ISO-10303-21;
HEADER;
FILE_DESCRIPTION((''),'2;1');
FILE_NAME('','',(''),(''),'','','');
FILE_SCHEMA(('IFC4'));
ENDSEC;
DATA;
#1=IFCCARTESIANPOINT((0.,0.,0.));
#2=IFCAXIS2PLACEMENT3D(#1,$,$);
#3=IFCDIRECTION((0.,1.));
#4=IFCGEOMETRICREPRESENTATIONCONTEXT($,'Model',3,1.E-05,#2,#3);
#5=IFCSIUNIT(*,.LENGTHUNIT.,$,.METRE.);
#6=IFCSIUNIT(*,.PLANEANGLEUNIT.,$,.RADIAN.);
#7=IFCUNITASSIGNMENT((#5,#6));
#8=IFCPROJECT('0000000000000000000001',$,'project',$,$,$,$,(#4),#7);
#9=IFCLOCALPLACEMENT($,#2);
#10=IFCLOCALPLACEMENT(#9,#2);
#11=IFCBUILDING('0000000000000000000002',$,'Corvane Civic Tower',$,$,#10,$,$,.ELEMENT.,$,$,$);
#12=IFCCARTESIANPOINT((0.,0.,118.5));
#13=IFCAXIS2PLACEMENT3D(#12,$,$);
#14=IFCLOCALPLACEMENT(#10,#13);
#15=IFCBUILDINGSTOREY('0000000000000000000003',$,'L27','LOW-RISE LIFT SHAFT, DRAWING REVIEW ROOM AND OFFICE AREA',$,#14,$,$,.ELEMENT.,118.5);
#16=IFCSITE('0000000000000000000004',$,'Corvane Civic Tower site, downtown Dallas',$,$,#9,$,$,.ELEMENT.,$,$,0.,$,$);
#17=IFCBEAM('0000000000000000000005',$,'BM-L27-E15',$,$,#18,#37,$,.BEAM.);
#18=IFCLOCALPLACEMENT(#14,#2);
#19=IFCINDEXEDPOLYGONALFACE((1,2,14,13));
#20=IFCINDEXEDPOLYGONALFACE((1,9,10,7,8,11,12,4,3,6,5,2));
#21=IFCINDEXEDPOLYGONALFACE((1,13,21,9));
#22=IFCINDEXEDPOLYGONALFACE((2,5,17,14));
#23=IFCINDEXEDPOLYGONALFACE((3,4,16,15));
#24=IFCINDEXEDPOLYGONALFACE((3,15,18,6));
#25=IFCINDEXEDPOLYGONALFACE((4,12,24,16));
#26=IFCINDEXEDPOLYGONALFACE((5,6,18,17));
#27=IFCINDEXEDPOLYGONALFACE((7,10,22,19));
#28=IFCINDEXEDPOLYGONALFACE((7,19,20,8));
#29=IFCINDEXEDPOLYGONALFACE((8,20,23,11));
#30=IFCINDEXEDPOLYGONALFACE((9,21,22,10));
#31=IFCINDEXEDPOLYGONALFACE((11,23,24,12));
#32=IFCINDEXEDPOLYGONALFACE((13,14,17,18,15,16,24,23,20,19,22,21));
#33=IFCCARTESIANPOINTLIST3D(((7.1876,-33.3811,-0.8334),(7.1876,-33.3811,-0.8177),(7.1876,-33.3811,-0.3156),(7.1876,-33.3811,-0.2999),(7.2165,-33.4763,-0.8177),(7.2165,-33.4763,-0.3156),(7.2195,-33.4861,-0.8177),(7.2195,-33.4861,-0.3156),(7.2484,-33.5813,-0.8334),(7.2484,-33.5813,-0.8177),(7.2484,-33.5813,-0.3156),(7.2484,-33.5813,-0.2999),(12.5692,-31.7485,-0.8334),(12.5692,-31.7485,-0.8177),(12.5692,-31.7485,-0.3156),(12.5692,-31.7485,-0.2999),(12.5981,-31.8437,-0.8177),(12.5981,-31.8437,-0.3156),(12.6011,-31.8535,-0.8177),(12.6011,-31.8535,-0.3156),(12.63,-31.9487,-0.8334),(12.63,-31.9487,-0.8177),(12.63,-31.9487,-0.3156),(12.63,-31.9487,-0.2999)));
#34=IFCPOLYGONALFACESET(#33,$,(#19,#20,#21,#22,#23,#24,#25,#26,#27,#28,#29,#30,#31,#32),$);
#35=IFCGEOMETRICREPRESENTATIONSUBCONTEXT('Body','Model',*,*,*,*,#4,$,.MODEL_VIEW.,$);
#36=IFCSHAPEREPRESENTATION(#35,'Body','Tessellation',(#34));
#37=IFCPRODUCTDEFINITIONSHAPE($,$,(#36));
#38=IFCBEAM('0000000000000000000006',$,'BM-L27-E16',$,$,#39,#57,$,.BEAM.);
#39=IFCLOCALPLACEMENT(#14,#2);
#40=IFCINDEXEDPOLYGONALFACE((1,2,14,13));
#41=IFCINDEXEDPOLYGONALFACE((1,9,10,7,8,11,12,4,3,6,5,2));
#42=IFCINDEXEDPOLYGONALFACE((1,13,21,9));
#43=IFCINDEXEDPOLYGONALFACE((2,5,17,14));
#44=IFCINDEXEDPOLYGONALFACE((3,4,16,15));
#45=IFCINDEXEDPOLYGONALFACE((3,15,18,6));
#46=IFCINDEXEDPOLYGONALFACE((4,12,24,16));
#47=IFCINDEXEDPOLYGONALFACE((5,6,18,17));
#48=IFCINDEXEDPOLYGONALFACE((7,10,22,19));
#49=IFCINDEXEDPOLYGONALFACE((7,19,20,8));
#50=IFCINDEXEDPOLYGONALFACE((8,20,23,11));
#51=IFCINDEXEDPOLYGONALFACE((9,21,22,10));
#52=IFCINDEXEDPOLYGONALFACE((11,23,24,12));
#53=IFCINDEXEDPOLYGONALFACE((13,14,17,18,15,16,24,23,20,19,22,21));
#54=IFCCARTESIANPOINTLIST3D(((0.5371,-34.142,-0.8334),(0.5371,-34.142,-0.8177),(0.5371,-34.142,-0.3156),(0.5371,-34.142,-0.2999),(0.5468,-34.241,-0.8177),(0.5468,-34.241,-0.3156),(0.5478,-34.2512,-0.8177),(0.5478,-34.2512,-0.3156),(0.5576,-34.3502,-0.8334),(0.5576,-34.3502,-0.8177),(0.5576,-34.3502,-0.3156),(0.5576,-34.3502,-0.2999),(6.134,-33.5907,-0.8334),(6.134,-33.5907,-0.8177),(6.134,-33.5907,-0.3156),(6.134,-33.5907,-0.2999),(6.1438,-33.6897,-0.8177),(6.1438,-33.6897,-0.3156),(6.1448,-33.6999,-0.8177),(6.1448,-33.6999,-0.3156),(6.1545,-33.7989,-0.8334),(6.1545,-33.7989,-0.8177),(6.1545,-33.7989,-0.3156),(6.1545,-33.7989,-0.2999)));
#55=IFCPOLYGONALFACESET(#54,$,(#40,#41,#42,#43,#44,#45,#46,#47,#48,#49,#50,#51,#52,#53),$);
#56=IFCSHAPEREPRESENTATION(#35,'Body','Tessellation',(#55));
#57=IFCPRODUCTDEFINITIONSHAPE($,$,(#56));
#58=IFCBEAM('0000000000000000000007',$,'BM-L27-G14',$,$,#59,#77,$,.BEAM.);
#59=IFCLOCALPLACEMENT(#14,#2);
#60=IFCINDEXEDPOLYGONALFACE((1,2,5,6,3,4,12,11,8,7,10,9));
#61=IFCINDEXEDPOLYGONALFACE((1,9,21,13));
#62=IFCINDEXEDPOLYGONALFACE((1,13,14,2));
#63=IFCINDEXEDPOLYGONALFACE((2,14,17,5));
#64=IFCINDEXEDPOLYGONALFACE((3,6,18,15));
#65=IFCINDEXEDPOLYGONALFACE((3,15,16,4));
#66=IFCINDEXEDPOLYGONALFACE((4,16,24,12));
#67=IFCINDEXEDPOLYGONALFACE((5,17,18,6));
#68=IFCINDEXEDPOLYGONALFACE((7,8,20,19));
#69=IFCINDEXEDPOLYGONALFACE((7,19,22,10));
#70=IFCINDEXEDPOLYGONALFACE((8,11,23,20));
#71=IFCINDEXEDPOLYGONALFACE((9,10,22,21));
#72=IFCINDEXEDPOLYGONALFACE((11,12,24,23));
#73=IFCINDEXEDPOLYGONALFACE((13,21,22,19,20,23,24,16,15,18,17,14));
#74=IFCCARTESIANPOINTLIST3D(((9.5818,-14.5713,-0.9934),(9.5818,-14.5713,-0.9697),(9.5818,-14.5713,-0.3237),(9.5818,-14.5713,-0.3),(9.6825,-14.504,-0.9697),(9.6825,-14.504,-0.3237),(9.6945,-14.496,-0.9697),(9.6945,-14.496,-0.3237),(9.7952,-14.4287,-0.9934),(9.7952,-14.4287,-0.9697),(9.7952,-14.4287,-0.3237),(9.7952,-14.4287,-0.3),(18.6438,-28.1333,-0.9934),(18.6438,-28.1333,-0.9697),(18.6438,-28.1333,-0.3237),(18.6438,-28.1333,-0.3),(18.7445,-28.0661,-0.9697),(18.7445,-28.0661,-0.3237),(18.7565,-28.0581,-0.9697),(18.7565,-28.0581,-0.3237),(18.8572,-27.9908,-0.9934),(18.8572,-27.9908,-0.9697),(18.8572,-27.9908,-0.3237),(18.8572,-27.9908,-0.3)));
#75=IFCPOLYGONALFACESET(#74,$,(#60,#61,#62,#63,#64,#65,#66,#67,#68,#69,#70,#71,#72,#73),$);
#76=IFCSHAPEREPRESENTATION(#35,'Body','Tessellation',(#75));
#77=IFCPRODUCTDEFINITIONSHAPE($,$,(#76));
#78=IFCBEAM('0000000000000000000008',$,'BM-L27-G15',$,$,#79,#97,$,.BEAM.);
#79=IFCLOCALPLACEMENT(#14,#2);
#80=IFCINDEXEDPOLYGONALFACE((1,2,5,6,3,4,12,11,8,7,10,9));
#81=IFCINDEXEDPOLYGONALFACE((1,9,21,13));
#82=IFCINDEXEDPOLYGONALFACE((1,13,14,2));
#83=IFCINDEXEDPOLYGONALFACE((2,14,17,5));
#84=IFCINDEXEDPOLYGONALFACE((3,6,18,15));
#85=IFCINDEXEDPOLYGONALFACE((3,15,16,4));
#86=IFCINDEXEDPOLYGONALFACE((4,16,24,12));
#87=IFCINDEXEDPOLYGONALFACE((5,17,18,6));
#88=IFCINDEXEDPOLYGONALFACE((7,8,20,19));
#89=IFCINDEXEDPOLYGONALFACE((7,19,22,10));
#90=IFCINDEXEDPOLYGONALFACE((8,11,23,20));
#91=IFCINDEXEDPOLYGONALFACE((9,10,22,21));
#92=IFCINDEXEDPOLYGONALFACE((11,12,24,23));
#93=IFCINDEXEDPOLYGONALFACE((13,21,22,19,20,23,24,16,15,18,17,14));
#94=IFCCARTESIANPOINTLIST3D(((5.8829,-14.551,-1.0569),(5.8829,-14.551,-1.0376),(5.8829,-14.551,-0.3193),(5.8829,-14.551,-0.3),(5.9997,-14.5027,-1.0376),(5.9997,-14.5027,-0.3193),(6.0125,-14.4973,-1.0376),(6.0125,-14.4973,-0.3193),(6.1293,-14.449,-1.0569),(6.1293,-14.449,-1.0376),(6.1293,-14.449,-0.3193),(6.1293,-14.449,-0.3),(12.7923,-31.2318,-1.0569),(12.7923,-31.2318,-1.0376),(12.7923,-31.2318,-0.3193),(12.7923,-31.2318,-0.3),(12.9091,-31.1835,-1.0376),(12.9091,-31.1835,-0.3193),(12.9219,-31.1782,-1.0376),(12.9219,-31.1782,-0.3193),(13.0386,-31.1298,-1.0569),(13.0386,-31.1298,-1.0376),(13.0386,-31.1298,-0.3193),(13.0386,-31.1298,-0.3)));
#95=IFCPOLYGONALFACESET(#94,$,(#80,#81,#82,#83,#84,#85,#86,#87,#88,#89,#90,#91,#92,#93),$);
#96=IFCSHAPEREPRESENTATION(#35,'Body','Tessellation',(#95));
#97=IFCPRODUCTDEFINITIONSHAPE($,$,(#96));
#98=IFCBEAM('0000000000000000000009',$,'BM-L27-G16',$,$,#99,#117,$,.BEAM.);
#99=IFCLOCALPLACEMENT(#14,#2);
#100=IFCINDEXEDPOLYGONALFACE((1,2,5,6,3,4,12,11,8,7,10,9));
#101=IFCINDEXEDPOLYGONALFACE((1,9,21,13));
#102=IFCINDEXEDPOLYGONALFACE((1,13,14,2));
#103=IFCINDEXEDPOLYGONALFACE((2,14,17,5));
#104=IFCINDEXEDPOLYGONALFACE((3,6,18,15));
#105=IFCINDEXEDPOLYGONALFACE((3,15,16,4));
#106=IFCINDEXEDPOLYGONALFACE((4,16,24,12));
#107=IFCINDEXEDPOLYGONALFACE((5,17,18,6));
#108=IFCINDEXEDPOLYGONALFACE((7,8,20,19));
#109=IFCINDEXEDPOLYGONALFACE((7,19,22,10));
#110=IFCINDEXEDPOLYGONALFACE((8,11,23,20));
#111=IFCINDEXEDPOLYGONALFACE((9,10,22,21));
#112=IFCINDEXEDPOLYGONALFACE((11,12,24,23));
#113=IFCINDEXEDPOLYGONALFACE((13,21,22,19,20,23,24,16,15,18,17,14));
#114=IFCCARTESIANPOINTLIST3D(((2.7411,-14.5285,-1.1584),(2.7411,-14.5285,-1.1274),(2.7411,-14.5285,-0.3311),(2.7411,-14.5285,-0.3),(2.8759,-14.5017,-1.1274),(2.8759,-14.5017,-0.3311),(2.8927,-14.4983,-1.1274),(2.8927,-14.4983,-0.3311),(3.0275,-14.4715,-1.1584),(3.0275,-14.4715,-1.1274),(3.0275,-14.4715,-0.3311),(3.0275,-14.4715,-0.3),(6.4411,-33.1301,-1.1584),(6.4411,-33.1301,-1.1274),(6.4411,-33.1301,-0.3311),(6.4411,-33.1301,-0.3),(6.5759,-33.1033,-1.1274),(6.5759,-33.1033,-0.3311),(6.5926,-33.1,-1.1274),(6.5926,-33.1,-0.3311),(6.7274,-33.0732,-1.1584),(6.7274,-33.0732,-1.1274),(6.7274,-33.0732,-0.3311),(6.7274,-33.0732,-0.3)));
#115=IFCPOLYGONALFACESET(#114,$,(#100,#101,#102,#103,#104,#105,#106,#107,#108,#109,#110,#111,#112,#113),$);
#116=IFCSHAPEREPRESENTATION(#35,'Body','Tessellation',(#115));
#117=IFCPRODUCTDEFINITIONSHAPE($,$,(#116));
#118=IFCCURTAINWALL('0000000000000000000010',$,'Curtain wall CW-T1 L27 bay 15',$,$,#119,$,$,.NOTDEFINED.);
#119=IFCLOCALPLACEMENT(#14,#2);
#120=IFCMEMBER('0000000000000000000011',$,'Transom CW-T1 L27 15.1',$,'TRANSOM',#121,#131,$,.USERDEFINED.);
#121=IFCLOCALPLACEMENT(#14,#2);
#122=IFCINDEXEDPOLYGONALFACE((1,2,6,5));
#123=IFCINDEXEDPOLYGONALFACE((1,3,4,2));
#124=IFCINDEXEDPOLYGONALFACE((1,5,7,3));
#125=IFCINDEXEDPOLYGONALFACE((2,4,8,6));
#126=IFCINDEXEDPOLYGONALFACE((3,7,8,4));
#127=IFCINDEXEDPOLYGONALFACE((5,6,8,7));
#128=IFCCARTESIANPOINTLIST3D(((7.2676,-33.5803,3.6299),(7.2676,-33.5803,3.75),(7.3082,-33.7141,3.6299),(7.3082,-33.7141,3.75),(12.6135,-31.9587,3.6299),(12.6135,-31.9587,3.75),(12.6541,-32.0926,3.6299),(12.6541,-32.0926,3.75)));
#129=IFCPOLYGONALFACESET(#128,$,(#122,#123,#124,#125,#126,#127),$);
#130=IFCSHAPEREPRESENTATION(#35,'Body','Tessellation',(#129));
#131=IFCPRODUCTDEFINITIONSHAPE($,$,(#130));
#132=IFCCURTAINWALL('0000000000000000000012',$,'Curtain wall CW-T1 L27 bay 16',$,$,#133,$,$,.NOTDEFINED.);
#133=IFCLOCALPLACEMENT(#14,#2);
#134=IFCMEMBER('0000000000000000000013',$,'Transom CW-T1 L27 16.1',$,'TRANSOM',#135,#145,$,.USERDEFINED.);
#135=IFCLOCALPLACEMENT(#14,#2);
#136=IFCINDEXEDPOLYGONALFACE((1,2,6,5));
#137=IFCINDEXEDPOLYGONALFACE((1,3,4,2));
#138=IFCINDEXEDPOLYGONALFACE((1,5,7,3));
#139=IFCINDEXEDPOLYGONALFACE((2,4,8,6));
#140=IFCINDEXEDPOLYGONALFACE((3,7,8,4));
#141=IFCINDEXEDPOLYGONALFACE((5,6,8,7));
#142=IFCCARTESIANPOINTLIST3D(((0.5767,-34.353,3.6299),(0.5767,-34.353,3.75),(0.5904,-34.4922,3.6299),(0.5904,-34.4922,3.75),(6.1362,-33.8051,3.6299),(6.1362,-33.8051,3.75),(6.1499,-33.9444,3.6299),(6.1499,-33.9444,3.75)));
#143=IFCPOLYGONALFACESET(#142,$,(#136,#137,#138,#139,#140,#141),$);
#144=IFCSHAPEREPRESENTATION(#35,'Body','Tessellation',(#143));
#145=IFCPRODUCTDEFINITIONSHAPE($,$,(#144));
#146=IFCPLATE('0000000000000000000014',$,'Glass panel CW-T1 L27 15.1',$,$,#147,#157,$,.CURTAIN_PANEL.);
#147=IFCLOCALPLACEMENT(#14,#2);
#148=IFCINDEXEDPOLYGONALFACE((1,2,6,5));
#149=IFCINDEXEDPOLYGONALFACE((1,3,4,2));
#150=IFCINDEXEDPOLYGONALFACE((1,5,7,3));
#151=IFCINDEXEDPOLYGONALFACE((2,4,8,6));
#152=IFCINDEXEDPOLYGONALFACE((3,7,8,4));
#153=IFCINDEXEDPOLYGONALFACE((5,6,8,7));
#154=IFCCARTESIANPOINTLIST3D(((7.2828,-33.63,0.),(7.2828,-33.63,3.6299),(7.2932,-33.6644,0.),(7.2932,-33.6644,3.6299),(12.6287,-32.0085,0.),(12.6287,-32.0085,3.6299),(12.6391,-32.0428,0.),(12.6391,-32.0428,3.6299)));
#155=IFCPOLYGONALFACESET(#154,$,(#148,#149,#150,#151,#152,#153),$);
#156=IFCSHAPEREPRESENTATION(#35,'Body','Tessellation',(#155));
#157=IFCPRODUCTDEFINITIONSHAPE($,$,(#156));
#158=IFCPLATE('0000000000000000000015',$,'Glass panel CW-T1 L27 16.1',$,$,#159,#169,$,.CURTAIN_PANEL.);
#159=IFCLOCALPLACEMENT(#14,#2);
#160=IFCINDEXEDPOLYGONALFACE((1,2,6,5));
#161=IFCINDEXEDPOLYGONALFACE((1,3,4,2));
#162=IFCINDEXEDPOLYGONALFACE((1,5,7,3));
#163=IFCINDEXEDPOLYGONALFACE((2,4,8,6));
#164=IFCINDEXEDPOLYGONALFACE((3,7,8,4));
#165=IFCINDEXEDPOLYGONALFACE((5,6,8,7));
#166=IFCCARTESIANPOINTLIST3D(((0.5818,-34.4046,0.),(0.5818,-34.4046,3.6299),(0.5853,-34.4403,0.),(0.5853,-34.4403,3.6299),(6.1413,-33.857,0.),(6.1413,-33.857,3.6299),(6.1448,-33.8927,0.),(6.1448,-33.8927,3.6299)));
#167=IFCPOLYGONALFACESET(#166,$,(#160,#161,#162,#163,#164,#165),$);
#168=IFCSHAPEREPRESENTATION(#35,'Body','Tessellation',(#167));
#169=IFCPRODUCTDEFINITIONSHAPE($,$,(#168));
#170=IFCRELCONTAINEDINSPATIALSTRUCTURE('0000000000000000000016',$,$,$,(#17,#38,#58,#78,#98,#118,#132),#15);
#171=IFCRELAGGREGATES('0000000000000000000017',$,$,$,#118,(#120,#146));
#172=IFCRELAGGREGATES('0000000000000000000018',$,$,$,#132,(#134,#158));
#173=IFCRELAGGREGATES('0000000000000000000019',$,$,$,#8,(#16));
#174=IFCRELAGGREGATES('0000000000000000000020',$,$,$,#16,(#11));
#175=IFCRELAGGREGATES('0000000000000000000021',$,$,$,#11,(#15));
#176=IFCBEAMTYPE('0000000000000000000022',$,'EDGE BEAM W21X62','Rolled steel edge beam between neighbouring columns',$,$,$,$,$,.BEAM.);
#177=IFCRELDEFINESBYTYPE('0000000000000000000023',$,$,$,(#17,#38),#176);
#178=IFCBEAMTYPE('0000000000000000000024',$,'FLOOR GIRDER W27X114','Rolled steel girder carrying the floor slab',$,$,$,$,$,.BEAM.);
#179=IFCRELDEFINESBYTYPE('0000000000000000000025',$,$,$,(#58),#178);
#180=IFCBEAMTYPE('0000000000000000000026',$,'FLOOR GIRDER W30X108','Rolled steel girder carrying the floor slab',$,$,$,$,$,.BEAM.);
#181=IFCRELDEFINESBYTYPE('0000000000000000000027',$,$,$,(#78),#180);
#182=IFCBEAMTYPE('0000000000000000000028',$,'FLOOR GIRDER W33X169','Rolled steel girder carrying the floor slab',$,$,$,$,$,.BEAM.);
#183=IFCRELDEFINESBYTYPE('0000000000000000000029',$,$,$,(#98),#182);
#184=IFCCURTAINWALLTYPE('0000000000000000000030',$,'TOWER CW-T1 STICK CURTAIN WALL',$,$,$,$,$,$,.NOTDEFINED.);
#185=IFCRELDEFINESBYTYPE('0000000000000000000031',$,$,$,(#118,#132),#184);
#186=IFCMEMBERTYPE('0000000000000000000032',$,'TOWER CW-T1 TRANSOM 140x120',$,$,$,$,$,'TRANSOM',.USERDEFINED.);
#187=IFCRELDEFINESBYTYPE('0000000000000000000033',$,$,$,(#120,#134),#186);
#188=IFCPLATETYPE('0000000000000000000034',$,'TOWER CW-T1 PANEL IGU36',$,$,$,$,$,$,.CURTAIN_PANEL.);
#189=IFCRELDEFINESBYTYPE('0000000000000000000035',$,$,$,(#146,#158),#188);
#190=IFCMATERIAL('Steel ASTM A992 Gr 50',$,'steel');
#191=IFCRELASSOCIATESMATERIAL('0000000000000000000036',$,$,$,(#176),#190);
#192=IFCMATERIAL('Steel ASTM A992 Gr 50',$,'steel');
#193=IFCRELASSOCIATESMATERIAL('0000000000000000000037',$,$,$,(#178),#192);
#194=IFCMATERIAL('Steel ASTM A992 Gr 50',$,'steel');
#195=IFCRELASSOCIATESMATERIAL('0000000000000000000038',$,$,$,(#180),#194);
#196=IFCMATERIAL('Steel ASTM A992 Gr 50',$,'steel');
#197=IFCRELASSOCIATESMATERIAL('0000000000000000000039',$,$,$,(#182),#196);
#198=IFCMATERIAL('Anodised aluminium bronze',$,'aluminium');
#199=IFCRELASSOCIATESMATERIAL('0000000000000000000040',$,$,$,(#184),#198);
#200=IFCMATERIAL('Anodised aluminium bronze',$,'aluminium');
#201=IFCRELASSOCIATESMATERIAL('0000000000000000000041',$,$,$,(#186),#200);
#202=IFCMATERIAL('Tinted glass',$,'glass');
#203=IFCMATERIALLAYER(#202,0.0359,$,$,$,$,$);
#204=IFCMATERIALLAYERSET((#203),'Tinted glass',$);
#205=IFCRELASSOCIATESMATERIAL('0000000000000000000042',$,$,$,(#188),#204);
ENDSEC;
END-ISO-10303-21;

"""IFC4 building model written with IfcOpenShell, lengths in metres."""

from ifc_helpers import new_model, si_unit, direction, frame, origin, origin_2d, place, context, subcontext, project, spatial, rectangle, i_section, extrude, material, layer, layer_set, material_profile, profile_set, type_object, element, aggregate, save


model = new_model("IFC4")

# Units and contexts
model_context = context("Model", 3, precision=1e-05, world=origin(), true_north=direction((0.0, 1.0)))
body_context = subcontext(model_context, "Body", "Model", "MODEL_VIEW")
ifc_project = project(units=[si_unit("LENGTHUNIT", "METRE"), si_unit("PLANEANGLEUNIT", "RADIAN")], contexts=[model_context])

# Site, building, storey
site_placement = place(None, origin())
site = spatial("IfcSite", under=ifc_project, at=site_placement, Name="Corvane Civic Tower site, downtown Dallas", CompositionType="ELEMENT", RefElevation=0.0)
building_placement = place(site_placement, origin())
building = spatial("IfcBuilding", under=site, at=building_placement, Name="Corvane Civic Tower", CompositionType="ELEMENT")
storey_placement = place(building_placement, frame((0.0, 0.0, 118.5)))
storey = spatial("IfcBuildingStorey", under=building, at=storey_placement, Name="L27", Description="LOW-RISE LIFT SHAFT, DRAWING REVIEW ROOM AND OFFICE AREA", CompositionType="ELEMENT", Elevation=118.5)

# Beams
ifc_material_1 = material(Name="Steel ASTM A992 Gr 50", Category="steel")
ifc_material_profile_1 = material_profile(ifc_material_1, i_section(OverallWidth=0.2092, OverallDepth=0.5334, WebThickness=0.0103, FlangeThickness=0.0156, at=origin_2d()), Name="W21X62")
ifc_profile_set_1 = profile_set([ifc_material_profile_1], Name="Steel ASTM A992 Gr 50")
beam_type_1 = type_object("IfcBeamType", Name="EDGE BEAM W21X62", Description="Rolled steel edge beam between neighbouring columns", PredefinedType="BEAM", material=ifc_profile_set_1)
beam_1_placement = place(storey_placement, frame((12.5996, -31.8486, -0.5667), z_axis=(-0.956936, -0.290298, 0.0), x_axis=(0.290298, -0.956936, 0.0)))
element("IfcBeam", 1, at=beam_1_placement, inside=storey, type_object=beam_type_1, Name="BM-L27-E15", PredefinedType="BEAM", context=body_context, shape_type="SweptSolid", body=[
    extrude(i_section(OverallWidth=0.2092, OverallDepth=0.5334, WebThickness=0.0103, FlangeThickness=0.0156, at=origin_2d()), origin(), (0.0, 0.0, 1.0), 5.6238),
])
beam_2_placement = place(storey_placement, frame((6.1443, -33.6948, -0.5667), z_axis=(-0.995184, -0.098021, 0.0), x_axis=(0.098021, -0.995184, 0.0)))
element("IfcBeam", 2, at=beam_2_placement, inside=storey, type_object=beam_type_1, Name="BM-L27-E16", PredefinedType="BEAM", context=body_context, shape_type="SweptSolid", body=[
    extrude(i_section(OverallWidth=0.2092, OverallDepth=0.5334, WebThickness=0.0103, FlangeThickness=0.0156, at=origin_2d()), origin(), (0.0, 0.0, 1.0), 5.624),
])
ifc_material_2 = material(Name="Steel ASTM A992 Gr 50", Category="steel")
ifc_material_profile_2 = material_profile(ifc_material_2, i_section(OverallWidth=0.2566, OverallDepth=0.6934, WebThickness=0.0144, FlangeThickness=0.0237, at=origin_2d()), Name="W27X114")
ifc_profile_set_2 = profile_set([ifc_material_profile_2], Name="Steel ASTM A992 Gr 50")
beam_type_2 = type_object("IfcBeamType", Name="FLOOR GIRDER W27X114", Description="Rolled steel girder carrying the floor slab", PredefinedType="BEAM", material=ifc_profile_set_2)
beam_3_placement = place(storey_placement, frame((9.6885, -14.5, -0.6467), z_axis=(0.555577, -0.831465, 0.0), x_axis=(0.831465, 0.555577, 0.0)))
element("IfcBeam", 3, at=beam_3_placement, inside=storey, type_object=beam_type_2, Name="BM-L27-G14", PredefinedType="BEAM", context=body_context, shape_type="SweptSolid", body=[
    extrude(i_section(OverallWidth=0.2566, OverallDepth=0.6934, WebThickness=0.0144, FlangeThickness=0.0237, at=origin_2d()), origin(), (0.0, 0.0, 1.0), 16.311),
])
ifc_material_3 = material(Name="Steel ASTM A992 Gr 50", Category="steel")
ifc_material_profile_3 = material_profile(ifc_material_3, i_section(OverallWidth=0.2666, OverallDepth=0.7568, WebThickness=0.0139, FlangeThickness=0.0193, at=origin_2d()), Name="W30X108")
ifc_profile_set_3 = profile_set([ifc_material_profile_3], Name="Steel ASTM A992 Gr 50")
beam_type_3 = type_object("IfcBeamType", Name="FLOOR GIRDER W30X108", Description="Rolled steel girder carrying the floor slab", PredefinedType="BEAM", material=ifc_profile_set_3)
beam_4_placement = place(storey_placement, frame((6.0061, -14.5, -0.6785), z_axis=(0.382682, -0.92388, 0.0), x_axis=(0.92388, 0.382682, 0.0)))
element("IfcBeam", 4, at=beam_4_placement, inside=storey, type_object=beam_type_3, Name="BM-L27-G15", PredefinedType="BEAM", context=body_context, shape_type="SweptSolid", body=[
    extrude(i_section(OverallWidth=0.2666, OverallDepth=0.7568, WebThickness=0.0139, FlangeThickness=0.0193, at=origin_2d()), origin(), (0.0, 0.0, 1.0), 18.0552),
])
ifc_material_4 = material(Name="Steel ASTM A992 Gr 50", Category="steel")
ifc_material_profile_4 = material_profile(ifc_material_4, i_section(OverallWidth=0.292, OverallDepth=0.8584, WebThickness=0.0171, FlangeThickness=0.031, at=origin_2d()), Name="W33X169")
ifc_profile_set_4 = profile_set([ifc_material_profile_4], Name="Steel ASTM A992 Gr 50")
beam_type_4 = type_object("IfcBeamType", Name="FLOOR GIRDER W33X169", Description="Rolled steel girder carrying the floor slab", PredefinedType="BEAM", material=ifc_profile_set_4)
beam_5_placement = place(storey_placement, frame((2.8843, -14.5, -0.7292), z_axis=(0.195084, -0.980787, 0.0), x_axis=(0.980787, 0.195084, 0.0)))
element("IfcBeam", 5, at=beam_5_placement, inside=storey, type_object=beam_type_4, Name="BM-L27-G16", PredefinedType="BEAM", context=body_context, shape_type="SweptSolid", body=[
    extrude(i_section(OverallWidth=0.292, OverallDepth=0.8584, WebThickness=0.0171, FlangeThickness=0.031, at=origin_2d()), origin(), (0.0, 0.0, 1.0), 18.9661),
])

# Curtain walls, members
ifc_material_5 = material(Name="Anodised aluminium bronze", Category="aluminium")
curtain_wall_type = type_object("IfcCurtainWallType", Name="TOWER CW-T1 STICK CURTAIN WALL", PredefinedType="NOTDEFINED", material=ifc_material_5)
curtain_wall_1_placement = place(storey_placement, origin())
curtain_wall_1 = element("IfcCurtainWall", 6, at=curtain_wall_1_placement, inside=storey, type_object=curtain_wall_type, Name="Curtain wall CW-T1 L27 bay 15", PredefinedType="NOTDEFINED")
ifc_material_6 = material(Name="Anodised aluminium bronze", Category="aluminium")
ifc_material_profile_5 = material_profile(ifc_material_6, rectangle(XDim=0.1399, YDim=0.1201, at=origin_2d()), Name="TOWER CW-T1 TRANSOM 140x120")
ifc_profile_set_5 = profile_set([ifc_material_profile_5], Name="Anodised aluminium bronze")
member_type = type_object("IfcMemberType", Name="TOWER CW-T1 TRANSOM 140x120", ElementType="TRANSOM", PredefinedType="USERDEFINED", material=ifc_profile_set_5)
member_1_placement = place(storey_placement, frame((12.6338, -32.0256, 3.6899), z_axis=(-0.956945, -0.290269, 0.0), x_axis=(0.290269, -0.956945, 0.0)))
member_1 = element("IfcMember", 7, at=member_1_placement, type_object=member_type, Name="Transom CW-T1 L27 15.1", ObjectType="TRANSOM", PredefinedType="USERDEFINED", context=body_context, shape_type="SweptSolid", body=[
    extrude(rectangle(XDim=0.1399, YDim=0.1201, at=origin_2d()), origin(), (0.0, 0.0, 1.0), 5.5864),
])
curtain_wall_2_placement = place(storey_placement, origin())
curtain_wall_2 = element("IfcCurtainWall", 8, at=curtain_wall_2_placement, inside=storey, type_object=curtain_wall_type, Name="Curtain wall CW-T1 L27 bay 16", PredefinedType="NOTDEFINED")
member_2_placement = place(storey_placement, frame((6.1431, -33.8748, 3.6899), z_axis=(-0.99518, -0.098067, 0.0), x_axis=(0.098067, -0.99518, 0.0)))
member_2 = element("IfcMember", 9, at=member_2_placement, type_object=member_type, Name="Transom CW-T1 L27 16.1", ObjectType="TRANSOM", PredefinedType="USERDEFINED", context=body_context, shape_type="SweptSolid", body=[
    extrude(rectangle(XDim=0.1399, YDim=0.1201, at=origin_2d()), origin(), (0.0, 0.0, 1.0), 5.5864),
])

# Plates
ifc_material_7 = material(Name="Tinted glass", Category="glass")
ifc_layer_1 = layer(ifc_material_7, 0.0359)
ifc_layer_set_1 = layer_set([ifc_layer_1], Name="Tinted glass")
plate_type = type_object("IfcPlateType", Name="TOWER CW-T1 PANEL IGU36", PredefinedType="CURTAIN_PANEL", material=ifc_layer_set_1)
plate_1_placement = place(storey_placement, frame((9.9609, -32.8364, 0.0), z_axis=(0.0, 0.0, 1.0), x_axis=(-0.956946, -0.290266, 0.0)))
plate_1 = element("IfcPlate", 10, at=plate_1_placement, type_object=plate_type, Name="Glass panel CW-T1 L27 15.1", PredefinedType="CURTAIN_PANEL", context=body_context, shape_type="SweptSolid", body=[
    extrude(rectangle(XDim=5.5864, YDim=0.0359, at=origin_2d()), origin(), (0.0, 0.0, 1.0), 3.6299),
])
aggregate(curtain_wall_1, [member_1, plate_1])
plate_2_placement = place(storey_placement, frame((3.3633, -34.1487, 0.0), z_axis=(0.0, 0.0, 1.0), x_axis=(-0.995184, -0.098027, 0.0)))
plate_2 = element("IfcPlate", 11, at=plate_2_placement, type_object=plate_type, Name="Glass panel CW-T1 L27 16.1", PredefinedType="CURTAIN_PANEL", context=body_context, shape_type="SweptSolid", body=[
    extrude(rectangle(XDim=5.5864, YDim=0.0359, at=origin_2d()), origin(), (0.0, 0.0, 1.0), 3.6299),
])
aggregate(curtain_wall_2, [member_2, plate_2])

save(model, "model.ifc")
